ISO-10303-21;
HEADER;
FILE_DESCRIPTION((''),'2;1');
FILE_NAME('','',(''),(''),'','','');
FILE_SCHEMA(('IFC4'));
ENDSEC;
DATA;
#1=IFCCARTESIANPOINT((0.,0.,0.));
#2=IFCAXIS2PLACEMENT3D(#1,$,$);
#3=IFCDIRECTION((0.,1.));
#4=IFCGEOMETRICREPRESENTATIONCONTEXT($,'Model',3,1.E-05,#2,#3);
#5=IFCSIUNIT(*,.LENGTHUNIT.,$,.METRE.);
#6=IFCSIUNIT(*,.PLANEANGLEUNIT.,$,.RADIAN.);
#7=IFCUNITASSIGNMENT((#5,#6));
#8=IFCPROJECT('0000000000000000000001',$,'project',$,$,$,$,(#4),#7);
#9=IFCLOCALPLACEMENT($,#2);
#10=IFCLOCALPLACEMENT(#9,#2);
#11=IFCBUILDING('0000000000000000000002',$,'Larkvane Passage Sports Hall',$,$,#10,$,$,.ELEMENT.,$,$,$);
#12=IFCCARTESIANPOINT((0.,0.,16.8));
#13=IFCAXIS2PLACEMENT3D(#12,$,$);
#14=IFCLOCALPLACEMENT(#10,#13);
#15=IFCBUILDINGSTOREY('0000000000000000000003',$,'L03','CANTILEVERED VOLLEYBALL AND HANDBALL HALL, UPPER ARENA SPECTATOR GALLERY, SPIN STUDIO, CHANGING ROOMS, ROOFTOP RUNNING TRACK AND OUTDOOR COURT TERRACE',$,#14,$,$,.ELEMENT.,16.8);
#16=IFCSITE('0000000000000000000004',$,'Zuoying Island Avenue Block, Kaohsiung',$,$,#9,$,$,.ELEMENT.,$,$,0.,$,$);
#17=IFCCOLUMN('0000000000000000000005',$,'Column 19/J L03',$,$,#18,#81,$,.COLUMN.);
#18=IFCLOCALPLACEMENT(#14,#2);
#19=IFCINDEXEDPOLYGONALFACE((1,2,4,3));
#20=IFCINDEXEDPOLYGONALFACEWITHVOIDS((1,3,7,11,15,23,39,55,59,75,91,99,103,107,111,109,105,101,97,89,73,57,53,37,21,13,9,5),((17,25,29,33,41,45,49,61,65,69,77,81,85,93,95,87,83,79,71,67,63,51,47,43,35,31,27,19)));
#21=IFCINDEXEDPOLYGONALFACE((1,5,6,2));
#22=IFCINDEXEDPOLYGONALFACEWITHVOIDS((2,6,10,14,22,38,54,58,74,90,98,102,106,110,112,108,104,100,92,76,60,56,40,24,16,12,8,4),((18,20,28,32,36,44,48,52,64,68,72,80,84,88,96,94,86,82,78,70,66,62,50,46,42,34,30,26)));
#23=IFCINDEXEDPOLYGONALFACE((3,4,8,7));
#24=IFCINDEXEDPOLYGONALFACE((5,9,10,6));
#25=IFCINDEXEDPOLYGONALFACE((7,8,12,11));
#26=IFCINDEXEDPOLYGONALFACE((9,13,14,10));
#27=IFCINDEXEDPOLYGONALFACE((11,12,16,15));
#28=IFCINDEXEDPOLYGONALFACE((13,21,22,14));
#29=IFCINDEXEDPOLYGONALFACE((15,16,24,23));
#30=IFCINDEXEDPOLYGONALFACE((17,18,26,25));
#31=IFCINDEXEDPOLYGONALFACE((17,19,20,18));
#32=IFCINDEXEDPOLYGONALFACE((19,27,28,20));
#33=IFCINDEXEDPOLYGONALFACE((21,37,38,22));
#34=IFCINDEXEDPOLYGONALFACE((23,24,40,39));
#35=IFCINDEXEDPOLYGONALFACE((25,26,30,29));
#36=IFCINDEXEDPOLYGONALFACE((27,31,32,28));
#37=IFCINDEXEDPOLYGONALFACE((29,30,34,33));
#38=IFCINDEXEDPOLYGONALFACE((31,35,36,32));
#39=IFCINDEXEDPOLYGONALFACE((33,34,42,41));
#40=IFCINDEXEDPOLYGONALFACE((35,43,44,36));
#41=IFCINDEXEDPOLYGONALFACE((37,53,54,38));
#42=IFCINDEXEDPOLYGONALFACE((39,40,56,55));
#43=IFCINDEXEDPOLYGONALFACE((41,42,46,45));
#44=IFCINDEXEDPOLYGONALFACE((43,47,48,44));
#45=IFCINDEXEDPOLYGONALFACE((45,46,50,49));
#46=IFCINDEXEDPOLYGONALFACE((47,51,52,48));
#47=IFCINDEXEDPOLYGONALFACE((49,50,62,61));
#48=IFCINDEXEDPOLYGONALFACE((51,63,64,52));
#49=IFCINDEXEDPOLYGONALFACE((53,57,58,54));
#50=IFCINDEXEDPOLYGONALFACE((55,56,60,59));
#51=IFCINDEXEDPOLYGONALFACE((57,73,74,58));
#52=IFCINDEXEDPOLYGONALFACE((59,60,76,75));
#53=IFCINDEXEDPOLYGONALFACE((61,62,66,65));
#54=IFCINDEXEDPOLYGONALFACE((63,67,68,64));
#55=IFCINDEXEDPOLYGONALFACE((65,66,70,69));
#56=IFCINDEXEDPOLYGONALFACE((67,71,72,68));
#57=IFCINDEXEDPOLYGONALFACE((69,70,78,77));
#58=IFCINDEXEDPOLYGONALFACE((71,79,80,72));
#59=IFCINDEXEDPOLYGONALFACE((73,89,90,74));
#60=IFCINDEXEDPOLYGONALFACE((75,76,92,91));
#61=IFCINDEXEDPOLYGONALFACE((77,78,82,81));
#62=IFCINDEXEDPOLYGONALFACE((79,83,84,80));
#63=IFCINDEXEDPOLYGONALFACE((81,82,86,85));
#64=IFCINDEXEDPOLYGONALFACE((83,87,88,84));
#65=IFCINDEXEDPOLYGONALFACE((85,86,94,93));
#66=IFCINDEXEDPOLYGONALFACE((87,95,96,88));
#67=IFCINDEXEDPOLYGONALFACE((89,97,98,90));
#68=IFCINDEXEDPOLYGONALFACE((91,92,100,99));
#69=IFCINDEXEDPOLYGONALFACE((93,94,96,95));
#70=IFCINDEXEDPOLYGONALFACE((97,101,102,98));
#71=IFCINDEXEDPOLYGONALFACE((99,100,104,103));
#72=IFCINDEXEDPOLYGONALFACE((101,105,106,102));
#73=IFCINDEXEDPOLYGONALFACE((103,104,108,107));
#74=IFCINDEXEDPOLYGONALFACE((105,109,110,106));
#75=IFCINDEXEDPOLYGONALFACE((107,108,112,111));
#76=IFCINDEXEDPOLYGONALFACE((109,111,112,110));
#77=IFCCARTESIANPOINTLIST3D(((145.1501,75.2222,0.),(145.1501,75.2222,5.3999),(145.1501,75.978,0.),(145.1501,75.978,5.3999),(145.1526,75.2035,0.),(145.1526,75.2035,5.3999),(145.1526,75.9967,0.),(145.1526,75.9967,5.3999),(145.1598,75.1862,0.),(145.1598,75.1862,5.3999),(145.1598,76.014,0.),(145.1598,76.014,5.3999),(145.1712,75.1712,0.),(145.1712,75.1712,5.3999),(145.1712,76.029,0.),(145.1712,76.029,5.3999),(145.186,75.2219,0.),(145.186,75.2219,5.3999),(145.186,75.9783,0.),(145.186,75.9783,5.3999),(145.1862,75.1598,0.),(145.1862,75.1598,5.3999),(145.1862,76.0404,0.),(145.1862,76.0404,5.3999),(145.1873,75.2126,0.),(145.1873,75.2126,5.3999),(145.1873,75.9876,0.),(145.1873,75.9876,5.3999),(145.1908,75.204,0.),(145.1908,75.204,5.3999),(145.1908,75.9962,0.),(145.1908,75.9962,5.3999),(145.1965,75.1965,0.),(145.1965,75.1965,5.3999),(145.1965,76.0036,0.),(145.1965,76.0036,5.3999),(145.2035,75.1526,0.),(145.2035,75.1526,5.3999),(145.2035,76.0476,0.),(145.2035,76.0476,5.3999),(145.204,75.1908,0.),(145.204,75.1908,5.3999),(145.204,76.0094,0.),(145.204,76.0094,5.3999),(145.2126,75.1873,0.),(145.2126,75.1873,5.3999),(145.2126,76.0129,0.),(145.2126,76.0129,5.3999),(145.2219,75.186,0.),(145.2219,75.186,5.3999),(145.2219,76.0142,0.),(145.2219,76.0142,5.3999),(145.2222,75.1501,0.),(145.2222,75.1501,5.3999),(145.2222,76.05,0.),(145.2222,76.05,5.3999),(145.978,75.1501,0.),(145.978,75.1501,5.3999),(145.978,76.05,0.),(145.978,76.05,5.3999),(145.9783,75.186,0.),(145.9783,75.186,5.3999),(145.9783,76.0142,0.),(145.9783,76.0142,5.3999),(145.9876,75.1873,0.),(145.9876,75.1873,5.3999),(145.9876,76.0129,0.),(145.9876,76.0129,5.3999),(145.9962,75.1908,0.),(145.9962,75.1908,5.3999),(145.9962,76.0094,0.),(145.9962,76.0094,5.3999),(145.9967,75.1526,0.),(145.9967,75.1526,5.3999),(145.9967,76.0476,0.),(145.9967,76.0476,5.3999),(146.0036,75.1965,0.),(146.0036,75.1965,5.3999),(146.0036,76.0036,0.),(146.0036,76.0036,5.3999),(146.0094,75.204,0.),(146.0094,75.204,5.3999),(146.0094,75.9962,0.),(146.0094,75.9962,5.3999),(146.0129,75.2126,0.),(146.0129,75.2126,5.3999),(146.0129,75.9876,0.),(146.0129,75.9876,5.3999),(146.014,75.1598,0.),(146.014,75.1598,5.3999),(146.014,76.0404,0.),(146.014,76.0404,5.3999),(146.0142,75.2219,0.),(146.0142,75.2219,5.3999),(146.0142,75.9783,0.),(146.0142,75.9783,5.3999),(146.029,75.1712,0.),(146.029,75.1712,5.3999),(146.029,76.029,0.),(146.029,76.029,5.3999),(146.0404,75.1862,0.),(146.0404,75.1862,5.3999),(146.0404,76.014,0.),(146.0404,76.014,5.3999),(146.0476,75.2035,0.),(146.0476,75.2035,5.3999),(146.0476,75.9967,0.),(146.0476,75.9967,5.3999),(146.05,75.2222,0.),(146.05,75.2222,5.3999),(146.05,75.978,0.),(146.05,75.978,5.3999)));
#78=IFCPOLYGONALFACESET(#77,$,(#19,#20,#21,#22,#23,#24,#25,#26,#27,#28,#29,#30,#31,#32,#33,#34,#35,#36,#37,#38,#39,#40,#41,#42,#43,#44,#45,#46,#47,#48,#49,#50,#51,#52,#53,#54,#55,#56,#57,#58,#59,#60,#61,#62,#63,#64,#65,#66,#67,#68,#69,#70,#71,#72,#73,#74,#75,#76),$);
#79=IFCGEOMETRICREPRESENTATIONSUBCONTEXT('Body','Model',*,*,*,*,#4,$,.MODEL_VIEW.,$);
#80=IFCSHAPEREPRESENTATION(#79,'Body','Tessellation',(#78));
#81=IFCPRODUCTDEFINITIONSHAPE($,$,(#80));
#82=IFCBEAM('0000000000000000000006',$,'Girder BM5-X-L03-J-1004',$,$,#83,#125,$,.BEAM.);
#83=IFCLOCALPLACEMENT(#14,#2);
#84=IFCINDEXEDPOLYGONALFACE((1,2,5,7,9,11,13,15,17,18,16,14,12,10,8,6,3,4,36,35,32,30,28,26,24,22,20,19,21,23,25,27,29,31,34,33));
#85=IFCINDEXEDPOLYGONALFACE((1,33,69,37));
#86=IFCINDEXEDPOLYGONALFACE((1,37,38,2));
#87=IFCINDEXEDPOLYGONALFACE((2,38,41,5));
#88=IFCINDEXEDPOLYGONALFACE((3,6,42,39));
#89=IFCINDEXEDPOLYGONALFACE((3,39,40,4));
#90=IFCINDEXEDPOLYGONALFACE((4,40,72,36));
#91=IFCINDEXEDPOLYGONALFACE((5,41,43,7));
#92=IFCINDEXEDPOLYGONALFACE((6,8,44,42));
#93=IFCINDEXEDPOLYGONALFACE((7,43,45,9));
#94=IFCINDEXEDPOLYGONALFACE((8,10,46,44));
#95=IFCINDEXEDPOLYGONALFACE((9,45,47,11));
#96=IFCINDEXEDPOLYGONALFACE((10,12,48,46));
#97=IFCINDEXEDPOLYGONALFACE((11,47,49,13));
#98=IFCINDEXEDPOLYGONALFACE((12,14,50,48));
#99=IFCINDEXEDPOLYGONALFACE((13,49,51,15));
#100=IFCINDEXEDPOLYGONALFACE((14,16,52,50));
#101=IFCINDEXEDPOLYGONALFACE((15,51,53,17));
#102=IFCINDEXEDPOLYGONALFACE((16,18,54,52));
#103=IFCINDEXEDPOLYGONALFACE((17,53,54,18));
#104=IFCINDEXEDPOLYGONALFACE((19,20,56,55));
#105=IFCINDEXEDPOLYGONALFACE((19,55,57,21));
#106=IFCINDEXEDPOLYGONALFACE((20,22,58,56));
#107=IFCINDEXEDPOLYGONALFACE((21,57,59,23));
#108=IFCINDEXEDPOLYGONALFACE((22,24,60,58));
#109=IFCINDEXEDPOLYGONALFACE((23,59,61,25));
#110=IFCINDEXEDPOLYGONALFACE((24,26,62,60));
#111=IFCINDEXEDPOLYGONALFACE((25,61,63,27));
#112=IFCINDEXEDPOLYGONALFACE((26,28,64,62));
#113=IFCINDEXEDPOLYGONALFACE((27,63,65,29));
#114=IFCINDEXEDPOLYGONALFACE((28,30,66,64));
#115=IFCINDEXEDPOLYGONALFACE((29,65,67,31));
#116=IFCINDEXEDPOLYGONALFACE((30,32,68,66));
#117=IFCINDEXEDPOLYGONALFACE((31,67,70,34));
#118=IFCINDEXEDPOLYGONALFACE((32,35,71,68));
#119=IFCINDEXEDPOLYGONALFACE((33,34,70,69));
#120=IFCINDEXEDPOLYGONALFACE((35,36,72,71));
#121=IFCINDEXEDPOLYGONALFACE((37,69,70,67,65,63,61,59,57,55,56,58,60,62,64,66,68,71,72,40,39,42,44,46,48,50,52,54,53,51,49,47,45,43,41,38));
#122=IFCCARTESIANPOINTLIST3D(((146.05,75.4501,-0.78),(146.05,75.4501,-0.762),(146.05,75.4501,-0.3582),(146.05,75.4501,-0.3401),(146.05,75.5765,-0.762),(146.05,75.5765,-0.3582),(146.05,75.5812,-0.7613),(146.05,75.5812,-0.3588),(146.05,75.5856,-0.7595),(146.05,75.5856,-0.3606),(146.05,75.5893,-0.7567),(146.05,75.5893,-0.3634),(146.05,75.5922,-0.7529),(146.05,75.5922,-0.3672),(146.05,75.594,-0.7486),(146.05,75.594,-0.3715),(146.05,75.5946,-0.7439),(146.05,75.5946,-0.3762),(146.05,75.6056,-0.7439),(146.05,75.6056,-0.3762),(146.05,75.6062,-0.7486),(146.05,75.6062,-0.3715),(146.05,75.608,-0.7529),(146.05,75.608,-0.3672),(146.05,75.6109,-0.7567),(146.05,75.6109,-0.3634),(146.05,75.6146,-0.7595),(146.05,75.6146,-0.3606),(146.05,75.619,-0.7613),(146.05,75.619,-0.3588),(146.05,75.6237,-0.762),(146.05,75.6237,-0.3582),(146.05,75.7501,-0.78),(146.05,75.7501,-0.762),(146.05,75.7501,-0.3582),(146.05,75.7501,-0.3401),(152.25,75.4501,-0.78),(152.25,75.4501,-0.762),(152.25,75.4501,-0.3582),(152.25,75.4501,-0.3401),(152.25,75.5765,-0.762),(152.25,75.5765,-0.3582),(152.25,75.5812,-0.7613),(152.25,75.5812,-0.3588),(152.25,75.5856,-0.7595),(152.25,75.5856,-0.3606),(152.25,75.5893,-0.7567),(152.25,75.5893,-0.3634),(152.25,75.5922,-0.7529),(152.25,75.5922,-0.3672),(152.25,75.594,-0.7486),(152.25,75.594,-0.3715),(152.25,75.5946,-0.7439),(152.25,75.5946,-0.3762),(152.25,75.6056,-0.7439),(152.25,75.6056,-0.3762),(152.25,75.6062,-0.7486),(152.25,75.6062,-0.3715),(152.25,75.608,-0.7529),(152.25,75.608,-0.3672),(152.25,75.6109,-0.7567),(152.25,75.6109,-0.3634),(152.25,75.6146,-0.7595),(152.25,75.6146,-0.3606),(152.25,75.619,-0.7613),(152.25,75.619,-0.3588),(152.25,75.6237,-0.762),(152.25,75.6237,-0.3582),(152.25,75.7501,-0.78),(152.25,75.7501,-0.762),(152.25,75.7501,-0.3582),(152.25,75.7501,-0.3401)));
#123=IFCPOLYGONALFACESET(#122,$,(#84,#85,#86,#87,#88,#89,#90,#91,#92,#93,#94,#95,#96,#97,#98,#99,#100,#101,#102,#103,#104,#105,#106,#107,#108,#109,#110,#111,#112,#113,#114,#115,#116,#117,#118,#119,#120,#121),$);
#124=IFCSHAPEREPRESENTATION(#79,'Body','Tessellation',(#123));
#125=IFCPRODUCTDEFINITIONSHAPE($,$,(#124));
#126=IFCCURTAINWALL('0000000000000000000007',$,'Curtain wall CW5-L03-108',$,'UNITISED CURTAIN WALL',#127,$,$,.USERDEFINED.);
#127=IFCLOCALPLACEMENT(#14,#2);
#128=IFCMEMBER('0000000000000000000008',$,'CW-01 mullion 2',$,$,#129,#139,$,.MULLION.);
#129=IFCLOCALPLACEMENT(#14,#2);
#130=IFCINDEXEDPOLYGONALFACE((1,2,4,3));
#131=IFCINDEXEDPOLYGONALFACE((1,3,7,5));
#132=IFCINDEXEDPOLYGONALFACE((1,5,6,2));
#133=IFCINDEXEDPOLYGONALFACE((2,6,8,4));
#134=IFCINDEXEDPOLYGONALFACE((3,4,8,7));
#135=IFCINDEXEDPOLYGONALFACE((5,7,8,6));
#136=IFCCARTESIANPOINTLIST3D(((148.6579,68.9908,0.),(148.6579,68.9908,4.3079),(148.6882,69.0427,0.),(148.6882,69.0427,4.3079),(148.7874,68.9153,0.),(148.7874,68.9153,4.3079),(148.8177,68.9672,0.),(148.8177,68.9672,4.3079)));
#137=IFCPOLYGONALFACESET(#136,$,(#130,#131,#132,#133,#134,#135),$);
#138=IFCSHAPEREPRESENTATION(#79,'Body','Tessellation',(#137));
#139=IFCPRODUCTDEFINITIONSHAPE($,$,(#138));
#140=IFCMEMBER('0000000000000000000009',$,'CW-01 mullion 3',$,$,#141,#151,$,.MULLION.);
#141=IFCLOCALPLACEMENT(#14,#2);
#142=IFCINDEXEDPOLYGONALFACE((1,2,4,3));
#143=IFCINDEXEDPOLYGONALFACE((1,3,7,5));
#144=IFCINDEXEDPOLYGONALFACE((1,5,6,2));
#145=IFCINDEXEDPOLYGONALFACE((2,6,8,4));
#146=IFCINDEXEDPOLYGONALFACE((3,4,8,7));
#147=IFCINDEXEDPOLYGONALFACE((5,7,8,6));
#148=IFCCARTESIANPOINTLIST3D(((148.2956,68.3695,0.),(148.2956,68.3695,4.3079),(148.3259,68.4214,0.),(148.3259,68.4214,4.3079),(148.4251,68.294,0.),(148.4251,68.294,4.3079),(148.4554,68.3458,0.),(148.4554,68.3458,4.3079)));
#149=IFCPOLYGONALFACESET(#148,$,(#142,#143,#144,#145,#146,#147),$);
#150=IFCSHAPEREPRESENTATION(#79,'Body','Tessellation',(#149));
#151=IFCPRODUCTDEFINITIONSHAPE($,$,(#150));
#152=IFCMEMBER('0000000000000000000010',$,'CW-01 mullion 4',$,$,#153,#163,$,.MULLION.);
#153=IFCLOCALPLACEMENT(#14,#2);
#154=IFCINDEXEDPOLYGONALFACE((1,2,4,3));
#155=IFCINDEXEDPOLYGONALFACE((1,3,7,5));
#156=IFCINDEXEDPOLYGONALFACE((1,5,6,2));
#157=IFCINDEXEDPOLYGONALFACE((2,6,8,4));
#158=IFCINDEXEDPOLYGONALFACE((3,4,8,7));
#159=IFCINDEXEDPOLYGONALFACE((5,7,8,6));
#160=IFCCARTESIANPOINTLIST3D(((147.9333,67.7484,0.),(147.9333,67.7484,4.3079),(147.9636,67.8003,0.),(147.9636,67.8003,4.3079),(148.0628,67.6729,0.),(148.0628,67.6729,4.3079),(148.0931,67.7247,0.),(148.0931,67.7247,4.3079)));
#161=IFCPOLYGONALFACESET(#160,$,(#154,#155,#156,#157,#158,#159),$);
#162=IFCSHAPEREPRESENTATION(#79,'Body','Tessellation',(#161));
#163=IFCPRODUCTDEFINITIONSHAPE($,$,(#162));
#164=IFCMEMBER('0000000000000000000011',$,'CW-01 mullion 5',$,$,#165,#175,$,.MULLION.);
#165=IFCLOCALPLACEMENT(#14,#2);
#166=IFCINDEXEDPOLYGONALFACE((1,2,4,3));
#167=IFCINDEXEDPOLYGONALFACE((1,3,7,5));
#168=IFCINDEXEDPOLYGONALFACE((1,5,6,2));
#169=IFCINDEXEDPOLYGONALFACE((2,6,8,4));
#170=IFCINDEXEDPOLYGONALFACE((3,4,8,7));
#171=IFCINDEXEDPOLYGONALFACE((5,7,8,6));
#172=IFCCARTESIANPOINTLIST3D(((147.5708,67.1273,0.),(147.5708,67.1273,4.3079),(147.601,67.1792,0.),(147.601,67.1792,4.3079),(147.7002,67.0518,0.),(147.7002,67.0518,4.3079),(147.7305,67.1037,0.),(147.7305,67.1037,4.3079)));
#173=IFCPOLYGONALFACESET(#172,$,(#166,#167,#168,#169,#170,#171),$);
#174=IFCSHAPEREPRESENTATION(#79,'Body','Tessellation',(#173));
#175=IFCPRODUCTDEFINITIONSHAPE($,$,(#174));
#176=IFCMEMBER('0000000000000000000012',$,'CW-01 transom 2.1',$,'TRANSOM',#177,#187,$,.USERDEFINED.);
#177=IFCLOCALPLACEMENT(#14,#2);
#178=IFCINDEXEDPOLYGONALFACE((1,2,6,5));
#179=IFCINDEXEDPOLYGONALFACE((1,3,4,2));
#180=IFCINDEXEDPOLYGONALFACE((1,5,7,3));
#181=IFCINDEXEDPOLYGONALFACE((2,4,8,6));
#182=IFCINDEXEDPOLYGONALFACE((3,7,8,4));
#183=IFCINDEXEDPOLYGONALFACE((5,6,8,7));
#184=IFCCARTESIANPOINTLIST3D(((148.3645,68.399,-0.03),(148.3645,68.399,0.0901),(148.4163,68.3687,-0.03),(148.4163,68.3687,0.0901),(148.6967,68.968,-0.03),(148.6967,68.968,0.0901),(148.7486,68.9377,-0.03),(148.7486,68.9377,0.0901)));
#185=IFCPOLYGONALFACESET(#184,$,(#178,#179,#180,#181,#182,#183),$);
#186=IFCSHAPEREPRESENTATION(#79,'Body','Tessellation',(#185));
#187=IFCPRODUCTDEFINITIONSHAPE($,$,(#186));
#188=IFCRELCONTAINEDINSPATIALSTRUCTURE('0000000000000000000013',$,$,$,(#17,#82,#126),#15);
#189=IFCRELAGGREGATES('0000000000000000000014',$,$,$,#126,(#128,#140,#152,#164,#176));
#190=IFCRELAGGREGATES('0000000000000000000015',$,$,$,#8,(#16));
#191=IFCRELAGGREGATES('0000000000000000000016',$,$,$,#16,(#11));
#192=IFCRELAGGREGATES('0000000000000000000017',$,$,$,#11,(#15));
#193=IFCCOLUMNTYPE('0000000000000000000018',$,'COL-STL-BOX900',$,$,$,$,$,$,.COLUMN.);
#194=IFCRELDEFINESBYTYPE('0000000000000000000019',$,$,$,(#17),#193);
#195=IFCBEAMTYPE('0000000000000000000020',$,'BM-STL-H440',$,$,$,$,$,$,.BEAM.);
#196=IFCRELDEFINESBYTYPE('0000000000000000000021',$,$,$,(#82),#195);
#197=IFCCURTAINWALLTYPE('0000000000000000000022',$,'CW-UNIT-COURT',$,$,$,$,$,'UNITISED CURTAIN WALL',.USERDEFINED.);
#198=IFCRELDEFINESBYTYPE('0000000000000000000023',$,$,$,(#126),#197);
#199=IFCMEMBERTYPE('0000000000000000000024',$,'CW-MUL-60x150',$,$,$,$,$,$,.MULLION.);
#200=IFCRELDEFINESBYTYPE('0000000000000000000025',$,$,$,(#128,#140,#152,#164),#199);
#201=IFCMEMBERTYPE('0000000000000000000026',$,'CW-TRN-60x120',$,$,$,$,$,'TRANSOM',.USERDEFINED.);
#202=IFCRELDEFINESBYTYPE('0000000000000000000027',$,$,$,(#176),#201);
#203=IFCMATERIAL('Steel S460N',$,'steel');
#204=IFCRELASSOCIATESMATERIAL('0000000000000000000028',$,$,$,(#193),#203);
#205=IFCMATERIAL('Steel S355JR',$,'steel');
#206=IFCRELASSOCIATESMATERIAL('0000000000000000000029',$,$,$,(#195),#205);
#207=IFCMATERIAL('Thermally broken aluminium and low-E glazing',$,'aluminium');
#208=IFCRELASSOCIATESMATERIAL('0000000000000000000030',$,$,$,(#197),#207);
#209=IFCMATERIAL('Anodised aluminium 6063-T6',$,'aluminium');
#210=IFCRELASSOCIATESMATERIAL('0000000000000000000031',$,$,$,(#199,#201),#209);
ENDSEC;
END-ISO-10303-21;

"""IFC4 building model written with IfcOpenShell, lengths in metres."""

from ifc_helpers import new_model, si_unit, direction, frame, origin, origin_2d, place, context, subcontext, project, spatial, rectangle, hollow_rectangle, i_section, extrude, material, material_profile, profile_set, type_object, element, aggregate, save


model = new_model("IFC4")

# Units and contexts
model_context = context("Model", 3, precision=1e-05, world=origin(), true_north=direction((0.0, 1.0)))
body_context = subcontext(model_context, "Body", "Model", "MODEL_VIEW")
ifc_project = project(units=[si_unit("LENGTHUNIT", "METRE"), si_unit("PLANEANGLEUNIT", "RADIAN")], contexts=[model_context])

# Site, building, storey
site_placement = place(None, origin())
site = spatial("IfcSite", under=ifc_project, at=site_placement, Name="Zuoying Island Avenue Block, Kaohsiung", CompositionType="ELEMENT", RefElevation=0.0)
building_placement = place(site_placement, origin())
building = spatial("IfcBuilding", under=site, at=building_placement, Name="Larkvane Passage Sports Hall", CompositionType="ELEMENT")
storey_placement = place(building_placement, frame((0.0, 0.0, 16.8)))
storey = spatial("IfcBuildingStorey", under=building, at=storey_placement, Name="L03", Description="CANTILEVERED VOLLEYBALL AND HANDBALL HALL, UPPER ARENA SPECTATOR GALLERY, SPIN STUDIO, CHANGING ROOMS, ROOFTOP RUNNING TRACK AND OUTDOOR COURT TERRACE", CompositionType="ELEMENT", Elevation=16.8)

# Column
ifc_material_1 = material(Name="Steel S460N", Category="steel")
ifc_material_profile_1 = material_profile(ifc_material_1, hollow_rectangle(XDim=0.8999, YDim=0.8999, WallThickness=0.0359, InnerFilletRadius=0.0359, OuterFilletRadius=0.072, at=origin_2d()), Name="BOX-900x900x36")
ifc_profile_set_1 = profile_set([ifc_material_profile_1], Name="Steel S460N")
column_type = type_object("IfcColumnType", Name="COL-STL-BOX900", PredefinedType="COLUMN", material=ifc_profile_set_1)
column_placement = place(storey_placement, frame((145.6001, 75.6001, 0.0), z_axis=(0.0, 0.0, 1.0), x_axis=(1.0, 0.0, 0.0)))
element("IfcColumn", 1, at=column_placement, inside=storey, type_object=column_type, Name="Column 19/J L03", PredefinedType="COLUMN", context=body_context, shape_type="SweptSolid", body=[
    extrude(hollow_rectangle(XDim=0.8999, YDim=0.8999, WallThickness=0.0359, InnerFilletRadius=0.0359, OuterFilletRadius=0.072, at=origin_2d()), origin(), (0.0, 0.0, 1.0), 5.3999),
])

# Beam
ifc_material_2 = material(Name="Steel S355JR", Category="steel")
ifc_material_profile_2 = material_profile(ifc_material_2, i_section(OverallWidth=0.3, OverallDepth=0.4399, WebThickness=0.011, FlangeThickness=0.0181, FilletRadius=0.0181, at=origin_2d()), Name="H-440x300x11x18")
ifc_profile_set_2 = profile_set([ifc_material_profile_2], Name="Steel S355JR")
beam_type_1 = type_object("IfcBeamType", Name="BM-STL-H440", PredefinedType="BEAM", material=ifc_profile_set_2)
beam_1_placement = place(storey_placement, frame((146.05, 75.6001, -0.5601), z_axis=(1.0, 0.0, 0.0), x_axis=(0.0, 1.0, 0.0)))
element("IfcBeam", 2, at=beam_1_placement, inside=storey, type_object=beam_type_1, Name="Girder BM5-X-L03-J-1004", PredefinedType="BEAM", context=body_context, shape_type="SweptSolid", body=[
    extrude(i_section(OverallWidth=0.3, OverallDepth=0.4399, WebThickness=0.011, FlangeThickness=0.0181, FilletRadius=0.0181, at=origin_2d()), origin(), (0.0, 0.0, 1.0), 6.2),
])

# Curtain wall, members
ifc_material_3 = material(Name="Thermally broken aluminium and low-E glazing", Category="aluminium")
curtain_wall_type = type_object("IfcCurtainWallType", Name="CW-UNIT-COURT", ElementType="UNITISED CURTAIN WALL", PredefinedType="USERDEFINED", material=ifc_material_3)
curtain_wall_placement = place(storey_placement, origin())
curtain_wall = element("IfcCurtainWall", 3, at=curtain_wall_placement, inside=storey, type_object=curtain_wall_type, Name="Curtain wall CW5-L03-108", ObjectType="UNITISED CURTAIN WALL", PredefinedType="USERDEFINED")
ifc_material_4 = material(Name="Anodised aluminium 6063-T6", Category="aluminium")
ifc_material_profile_3 = material_profile(ifc_material_4, rectangle(XDim=0.0601, YDim=0.1499, at=origin_2d()), Name="ALU-MUL-60x150")
ifc_profile_set_3 = profile_set([ifc_material_profile_3], Name="Anodised aluminium 6063-T6")
member_type_1 = type_object("IfcMemberType", Name="CW-MUL-60x150", PredefinedType="MULLION", material=ifc_profile_set_3)
member_1_placement = place(storey_placement, frame((148.7378, 68.979, 0.0), z_axis=(0.0, 0.0, 1.0), x_axis=(-0.503867, -0.863781, 0.0)))
member_1 = element("IfcMember", 4, at=member_1_placement, type_object=member_type_1, Name="CW-01 mullion 2", PredefinedType="MULLION", context=body_context, shape_type="SweptSolid", body=[
    extrude(rectangle(XDim=0.0601, YDim=0.1499, at=origin_2d()), origin(), (0.0, 0.0, 1.0), 4.3079),
])
member_2_placement = place(storey_placement, frame((148.3755, 68.3577, 0.0), z_axis=(0.0, 0.0, 1.0), x_axis=(-0.503867, -0.863781, 0.0)))
member_2 = element("IfcMember", 5, at=member_2_placement, type_object=member_type_1, Name="CW-01 mullion 3", PredefinedType="MULLION", context=body_context, shape_type="SweptSolid", body=[
    extrude(rectangle(XDim=0.0601, YDim=0.1499, at=origin_2d()), origin(), (0.0, 0.0, 1.0), 4.3079),
])
member_3_placement = place(storey_placement, frame((148.0132, 67.7366, 0.0), z_axis=(0.0, 0.0, 1.0), x_axis=(-0.503867, -0.863781, 0.0)))
member_3 = element("IfcMember", 6, at=member_3_placement, type_object=member_type_1, Name="CW-01 mullion 4", PredefinedType="MULLION", context=body_context, shape_type="SweptSolid", body=[
    extrude(rectangle(XDim=0.0601, YDim=0.1499, at=origin_2d()), origin(), (0.0, 0.0, 1.0), 4.3079),
])
member_4_placement = place(storey_placement, frame((147.6506, 67.1155, 0.0), z_axis=(0.0, 0.0, 1.0), x_axis=(-0.503867, -0.863781, 0.0)))
member_4 = element("IfcMember", 7, at=member_4_placement, type_object=member_type_1, Name="CW-01 mullion 5", PredefinedType="MULLION", context=body_context, shape_type="SweptSolid", body=[
    extrude(rectangle(XDim=0.0601, YDim=0.1499, at=origin_2d()), origin(), (0.0, 0.0, 1.0), 4.3079),
])
ifc_material_profile_4 = material_profile(ifc_material_4, rectangle(XDim=0.0601, YDim=0.1201, at=origin_2d()), Name="ALU-TRN-60x120")
ifc_profile_set_4 = profile_set([ifc_material_profile_4], Name="Anodised aluminium 6063-T6")
member_type_2 = type_object("IfcMemberType", Name="CW-TRN-60x120", ElementType="TRANSOM", PredefinedType="USERDEFINED", material=ifc_profile_set_4)
member_5_placement = place(storey_placement, frame((148.7227, 68.9529, 0.03), z_axis=(-0.504217, -0.863577, 0.0), x_axis=(0.863577, -0.504217, 0.0)))
member_5 = element("IfcMember", 8, at=member_5_placement, type_object=member_type_2, Name="CW-01 transom 2.1", ObjectType="TRANSOM", PredefinedType="USERDEFINED", context=body_context, shape_type="SweptSolid", body=[
    extrude(rectangle(XDim=0.0601, YDim=0.1201, at=origin_2d()), origin(), (0.0, 0.0, 1.0), 0.6589),
])

aggregate(curtain_wall, [member_1, member_2, member_3, member_4, member_5])

save(model, "model.ifc")
